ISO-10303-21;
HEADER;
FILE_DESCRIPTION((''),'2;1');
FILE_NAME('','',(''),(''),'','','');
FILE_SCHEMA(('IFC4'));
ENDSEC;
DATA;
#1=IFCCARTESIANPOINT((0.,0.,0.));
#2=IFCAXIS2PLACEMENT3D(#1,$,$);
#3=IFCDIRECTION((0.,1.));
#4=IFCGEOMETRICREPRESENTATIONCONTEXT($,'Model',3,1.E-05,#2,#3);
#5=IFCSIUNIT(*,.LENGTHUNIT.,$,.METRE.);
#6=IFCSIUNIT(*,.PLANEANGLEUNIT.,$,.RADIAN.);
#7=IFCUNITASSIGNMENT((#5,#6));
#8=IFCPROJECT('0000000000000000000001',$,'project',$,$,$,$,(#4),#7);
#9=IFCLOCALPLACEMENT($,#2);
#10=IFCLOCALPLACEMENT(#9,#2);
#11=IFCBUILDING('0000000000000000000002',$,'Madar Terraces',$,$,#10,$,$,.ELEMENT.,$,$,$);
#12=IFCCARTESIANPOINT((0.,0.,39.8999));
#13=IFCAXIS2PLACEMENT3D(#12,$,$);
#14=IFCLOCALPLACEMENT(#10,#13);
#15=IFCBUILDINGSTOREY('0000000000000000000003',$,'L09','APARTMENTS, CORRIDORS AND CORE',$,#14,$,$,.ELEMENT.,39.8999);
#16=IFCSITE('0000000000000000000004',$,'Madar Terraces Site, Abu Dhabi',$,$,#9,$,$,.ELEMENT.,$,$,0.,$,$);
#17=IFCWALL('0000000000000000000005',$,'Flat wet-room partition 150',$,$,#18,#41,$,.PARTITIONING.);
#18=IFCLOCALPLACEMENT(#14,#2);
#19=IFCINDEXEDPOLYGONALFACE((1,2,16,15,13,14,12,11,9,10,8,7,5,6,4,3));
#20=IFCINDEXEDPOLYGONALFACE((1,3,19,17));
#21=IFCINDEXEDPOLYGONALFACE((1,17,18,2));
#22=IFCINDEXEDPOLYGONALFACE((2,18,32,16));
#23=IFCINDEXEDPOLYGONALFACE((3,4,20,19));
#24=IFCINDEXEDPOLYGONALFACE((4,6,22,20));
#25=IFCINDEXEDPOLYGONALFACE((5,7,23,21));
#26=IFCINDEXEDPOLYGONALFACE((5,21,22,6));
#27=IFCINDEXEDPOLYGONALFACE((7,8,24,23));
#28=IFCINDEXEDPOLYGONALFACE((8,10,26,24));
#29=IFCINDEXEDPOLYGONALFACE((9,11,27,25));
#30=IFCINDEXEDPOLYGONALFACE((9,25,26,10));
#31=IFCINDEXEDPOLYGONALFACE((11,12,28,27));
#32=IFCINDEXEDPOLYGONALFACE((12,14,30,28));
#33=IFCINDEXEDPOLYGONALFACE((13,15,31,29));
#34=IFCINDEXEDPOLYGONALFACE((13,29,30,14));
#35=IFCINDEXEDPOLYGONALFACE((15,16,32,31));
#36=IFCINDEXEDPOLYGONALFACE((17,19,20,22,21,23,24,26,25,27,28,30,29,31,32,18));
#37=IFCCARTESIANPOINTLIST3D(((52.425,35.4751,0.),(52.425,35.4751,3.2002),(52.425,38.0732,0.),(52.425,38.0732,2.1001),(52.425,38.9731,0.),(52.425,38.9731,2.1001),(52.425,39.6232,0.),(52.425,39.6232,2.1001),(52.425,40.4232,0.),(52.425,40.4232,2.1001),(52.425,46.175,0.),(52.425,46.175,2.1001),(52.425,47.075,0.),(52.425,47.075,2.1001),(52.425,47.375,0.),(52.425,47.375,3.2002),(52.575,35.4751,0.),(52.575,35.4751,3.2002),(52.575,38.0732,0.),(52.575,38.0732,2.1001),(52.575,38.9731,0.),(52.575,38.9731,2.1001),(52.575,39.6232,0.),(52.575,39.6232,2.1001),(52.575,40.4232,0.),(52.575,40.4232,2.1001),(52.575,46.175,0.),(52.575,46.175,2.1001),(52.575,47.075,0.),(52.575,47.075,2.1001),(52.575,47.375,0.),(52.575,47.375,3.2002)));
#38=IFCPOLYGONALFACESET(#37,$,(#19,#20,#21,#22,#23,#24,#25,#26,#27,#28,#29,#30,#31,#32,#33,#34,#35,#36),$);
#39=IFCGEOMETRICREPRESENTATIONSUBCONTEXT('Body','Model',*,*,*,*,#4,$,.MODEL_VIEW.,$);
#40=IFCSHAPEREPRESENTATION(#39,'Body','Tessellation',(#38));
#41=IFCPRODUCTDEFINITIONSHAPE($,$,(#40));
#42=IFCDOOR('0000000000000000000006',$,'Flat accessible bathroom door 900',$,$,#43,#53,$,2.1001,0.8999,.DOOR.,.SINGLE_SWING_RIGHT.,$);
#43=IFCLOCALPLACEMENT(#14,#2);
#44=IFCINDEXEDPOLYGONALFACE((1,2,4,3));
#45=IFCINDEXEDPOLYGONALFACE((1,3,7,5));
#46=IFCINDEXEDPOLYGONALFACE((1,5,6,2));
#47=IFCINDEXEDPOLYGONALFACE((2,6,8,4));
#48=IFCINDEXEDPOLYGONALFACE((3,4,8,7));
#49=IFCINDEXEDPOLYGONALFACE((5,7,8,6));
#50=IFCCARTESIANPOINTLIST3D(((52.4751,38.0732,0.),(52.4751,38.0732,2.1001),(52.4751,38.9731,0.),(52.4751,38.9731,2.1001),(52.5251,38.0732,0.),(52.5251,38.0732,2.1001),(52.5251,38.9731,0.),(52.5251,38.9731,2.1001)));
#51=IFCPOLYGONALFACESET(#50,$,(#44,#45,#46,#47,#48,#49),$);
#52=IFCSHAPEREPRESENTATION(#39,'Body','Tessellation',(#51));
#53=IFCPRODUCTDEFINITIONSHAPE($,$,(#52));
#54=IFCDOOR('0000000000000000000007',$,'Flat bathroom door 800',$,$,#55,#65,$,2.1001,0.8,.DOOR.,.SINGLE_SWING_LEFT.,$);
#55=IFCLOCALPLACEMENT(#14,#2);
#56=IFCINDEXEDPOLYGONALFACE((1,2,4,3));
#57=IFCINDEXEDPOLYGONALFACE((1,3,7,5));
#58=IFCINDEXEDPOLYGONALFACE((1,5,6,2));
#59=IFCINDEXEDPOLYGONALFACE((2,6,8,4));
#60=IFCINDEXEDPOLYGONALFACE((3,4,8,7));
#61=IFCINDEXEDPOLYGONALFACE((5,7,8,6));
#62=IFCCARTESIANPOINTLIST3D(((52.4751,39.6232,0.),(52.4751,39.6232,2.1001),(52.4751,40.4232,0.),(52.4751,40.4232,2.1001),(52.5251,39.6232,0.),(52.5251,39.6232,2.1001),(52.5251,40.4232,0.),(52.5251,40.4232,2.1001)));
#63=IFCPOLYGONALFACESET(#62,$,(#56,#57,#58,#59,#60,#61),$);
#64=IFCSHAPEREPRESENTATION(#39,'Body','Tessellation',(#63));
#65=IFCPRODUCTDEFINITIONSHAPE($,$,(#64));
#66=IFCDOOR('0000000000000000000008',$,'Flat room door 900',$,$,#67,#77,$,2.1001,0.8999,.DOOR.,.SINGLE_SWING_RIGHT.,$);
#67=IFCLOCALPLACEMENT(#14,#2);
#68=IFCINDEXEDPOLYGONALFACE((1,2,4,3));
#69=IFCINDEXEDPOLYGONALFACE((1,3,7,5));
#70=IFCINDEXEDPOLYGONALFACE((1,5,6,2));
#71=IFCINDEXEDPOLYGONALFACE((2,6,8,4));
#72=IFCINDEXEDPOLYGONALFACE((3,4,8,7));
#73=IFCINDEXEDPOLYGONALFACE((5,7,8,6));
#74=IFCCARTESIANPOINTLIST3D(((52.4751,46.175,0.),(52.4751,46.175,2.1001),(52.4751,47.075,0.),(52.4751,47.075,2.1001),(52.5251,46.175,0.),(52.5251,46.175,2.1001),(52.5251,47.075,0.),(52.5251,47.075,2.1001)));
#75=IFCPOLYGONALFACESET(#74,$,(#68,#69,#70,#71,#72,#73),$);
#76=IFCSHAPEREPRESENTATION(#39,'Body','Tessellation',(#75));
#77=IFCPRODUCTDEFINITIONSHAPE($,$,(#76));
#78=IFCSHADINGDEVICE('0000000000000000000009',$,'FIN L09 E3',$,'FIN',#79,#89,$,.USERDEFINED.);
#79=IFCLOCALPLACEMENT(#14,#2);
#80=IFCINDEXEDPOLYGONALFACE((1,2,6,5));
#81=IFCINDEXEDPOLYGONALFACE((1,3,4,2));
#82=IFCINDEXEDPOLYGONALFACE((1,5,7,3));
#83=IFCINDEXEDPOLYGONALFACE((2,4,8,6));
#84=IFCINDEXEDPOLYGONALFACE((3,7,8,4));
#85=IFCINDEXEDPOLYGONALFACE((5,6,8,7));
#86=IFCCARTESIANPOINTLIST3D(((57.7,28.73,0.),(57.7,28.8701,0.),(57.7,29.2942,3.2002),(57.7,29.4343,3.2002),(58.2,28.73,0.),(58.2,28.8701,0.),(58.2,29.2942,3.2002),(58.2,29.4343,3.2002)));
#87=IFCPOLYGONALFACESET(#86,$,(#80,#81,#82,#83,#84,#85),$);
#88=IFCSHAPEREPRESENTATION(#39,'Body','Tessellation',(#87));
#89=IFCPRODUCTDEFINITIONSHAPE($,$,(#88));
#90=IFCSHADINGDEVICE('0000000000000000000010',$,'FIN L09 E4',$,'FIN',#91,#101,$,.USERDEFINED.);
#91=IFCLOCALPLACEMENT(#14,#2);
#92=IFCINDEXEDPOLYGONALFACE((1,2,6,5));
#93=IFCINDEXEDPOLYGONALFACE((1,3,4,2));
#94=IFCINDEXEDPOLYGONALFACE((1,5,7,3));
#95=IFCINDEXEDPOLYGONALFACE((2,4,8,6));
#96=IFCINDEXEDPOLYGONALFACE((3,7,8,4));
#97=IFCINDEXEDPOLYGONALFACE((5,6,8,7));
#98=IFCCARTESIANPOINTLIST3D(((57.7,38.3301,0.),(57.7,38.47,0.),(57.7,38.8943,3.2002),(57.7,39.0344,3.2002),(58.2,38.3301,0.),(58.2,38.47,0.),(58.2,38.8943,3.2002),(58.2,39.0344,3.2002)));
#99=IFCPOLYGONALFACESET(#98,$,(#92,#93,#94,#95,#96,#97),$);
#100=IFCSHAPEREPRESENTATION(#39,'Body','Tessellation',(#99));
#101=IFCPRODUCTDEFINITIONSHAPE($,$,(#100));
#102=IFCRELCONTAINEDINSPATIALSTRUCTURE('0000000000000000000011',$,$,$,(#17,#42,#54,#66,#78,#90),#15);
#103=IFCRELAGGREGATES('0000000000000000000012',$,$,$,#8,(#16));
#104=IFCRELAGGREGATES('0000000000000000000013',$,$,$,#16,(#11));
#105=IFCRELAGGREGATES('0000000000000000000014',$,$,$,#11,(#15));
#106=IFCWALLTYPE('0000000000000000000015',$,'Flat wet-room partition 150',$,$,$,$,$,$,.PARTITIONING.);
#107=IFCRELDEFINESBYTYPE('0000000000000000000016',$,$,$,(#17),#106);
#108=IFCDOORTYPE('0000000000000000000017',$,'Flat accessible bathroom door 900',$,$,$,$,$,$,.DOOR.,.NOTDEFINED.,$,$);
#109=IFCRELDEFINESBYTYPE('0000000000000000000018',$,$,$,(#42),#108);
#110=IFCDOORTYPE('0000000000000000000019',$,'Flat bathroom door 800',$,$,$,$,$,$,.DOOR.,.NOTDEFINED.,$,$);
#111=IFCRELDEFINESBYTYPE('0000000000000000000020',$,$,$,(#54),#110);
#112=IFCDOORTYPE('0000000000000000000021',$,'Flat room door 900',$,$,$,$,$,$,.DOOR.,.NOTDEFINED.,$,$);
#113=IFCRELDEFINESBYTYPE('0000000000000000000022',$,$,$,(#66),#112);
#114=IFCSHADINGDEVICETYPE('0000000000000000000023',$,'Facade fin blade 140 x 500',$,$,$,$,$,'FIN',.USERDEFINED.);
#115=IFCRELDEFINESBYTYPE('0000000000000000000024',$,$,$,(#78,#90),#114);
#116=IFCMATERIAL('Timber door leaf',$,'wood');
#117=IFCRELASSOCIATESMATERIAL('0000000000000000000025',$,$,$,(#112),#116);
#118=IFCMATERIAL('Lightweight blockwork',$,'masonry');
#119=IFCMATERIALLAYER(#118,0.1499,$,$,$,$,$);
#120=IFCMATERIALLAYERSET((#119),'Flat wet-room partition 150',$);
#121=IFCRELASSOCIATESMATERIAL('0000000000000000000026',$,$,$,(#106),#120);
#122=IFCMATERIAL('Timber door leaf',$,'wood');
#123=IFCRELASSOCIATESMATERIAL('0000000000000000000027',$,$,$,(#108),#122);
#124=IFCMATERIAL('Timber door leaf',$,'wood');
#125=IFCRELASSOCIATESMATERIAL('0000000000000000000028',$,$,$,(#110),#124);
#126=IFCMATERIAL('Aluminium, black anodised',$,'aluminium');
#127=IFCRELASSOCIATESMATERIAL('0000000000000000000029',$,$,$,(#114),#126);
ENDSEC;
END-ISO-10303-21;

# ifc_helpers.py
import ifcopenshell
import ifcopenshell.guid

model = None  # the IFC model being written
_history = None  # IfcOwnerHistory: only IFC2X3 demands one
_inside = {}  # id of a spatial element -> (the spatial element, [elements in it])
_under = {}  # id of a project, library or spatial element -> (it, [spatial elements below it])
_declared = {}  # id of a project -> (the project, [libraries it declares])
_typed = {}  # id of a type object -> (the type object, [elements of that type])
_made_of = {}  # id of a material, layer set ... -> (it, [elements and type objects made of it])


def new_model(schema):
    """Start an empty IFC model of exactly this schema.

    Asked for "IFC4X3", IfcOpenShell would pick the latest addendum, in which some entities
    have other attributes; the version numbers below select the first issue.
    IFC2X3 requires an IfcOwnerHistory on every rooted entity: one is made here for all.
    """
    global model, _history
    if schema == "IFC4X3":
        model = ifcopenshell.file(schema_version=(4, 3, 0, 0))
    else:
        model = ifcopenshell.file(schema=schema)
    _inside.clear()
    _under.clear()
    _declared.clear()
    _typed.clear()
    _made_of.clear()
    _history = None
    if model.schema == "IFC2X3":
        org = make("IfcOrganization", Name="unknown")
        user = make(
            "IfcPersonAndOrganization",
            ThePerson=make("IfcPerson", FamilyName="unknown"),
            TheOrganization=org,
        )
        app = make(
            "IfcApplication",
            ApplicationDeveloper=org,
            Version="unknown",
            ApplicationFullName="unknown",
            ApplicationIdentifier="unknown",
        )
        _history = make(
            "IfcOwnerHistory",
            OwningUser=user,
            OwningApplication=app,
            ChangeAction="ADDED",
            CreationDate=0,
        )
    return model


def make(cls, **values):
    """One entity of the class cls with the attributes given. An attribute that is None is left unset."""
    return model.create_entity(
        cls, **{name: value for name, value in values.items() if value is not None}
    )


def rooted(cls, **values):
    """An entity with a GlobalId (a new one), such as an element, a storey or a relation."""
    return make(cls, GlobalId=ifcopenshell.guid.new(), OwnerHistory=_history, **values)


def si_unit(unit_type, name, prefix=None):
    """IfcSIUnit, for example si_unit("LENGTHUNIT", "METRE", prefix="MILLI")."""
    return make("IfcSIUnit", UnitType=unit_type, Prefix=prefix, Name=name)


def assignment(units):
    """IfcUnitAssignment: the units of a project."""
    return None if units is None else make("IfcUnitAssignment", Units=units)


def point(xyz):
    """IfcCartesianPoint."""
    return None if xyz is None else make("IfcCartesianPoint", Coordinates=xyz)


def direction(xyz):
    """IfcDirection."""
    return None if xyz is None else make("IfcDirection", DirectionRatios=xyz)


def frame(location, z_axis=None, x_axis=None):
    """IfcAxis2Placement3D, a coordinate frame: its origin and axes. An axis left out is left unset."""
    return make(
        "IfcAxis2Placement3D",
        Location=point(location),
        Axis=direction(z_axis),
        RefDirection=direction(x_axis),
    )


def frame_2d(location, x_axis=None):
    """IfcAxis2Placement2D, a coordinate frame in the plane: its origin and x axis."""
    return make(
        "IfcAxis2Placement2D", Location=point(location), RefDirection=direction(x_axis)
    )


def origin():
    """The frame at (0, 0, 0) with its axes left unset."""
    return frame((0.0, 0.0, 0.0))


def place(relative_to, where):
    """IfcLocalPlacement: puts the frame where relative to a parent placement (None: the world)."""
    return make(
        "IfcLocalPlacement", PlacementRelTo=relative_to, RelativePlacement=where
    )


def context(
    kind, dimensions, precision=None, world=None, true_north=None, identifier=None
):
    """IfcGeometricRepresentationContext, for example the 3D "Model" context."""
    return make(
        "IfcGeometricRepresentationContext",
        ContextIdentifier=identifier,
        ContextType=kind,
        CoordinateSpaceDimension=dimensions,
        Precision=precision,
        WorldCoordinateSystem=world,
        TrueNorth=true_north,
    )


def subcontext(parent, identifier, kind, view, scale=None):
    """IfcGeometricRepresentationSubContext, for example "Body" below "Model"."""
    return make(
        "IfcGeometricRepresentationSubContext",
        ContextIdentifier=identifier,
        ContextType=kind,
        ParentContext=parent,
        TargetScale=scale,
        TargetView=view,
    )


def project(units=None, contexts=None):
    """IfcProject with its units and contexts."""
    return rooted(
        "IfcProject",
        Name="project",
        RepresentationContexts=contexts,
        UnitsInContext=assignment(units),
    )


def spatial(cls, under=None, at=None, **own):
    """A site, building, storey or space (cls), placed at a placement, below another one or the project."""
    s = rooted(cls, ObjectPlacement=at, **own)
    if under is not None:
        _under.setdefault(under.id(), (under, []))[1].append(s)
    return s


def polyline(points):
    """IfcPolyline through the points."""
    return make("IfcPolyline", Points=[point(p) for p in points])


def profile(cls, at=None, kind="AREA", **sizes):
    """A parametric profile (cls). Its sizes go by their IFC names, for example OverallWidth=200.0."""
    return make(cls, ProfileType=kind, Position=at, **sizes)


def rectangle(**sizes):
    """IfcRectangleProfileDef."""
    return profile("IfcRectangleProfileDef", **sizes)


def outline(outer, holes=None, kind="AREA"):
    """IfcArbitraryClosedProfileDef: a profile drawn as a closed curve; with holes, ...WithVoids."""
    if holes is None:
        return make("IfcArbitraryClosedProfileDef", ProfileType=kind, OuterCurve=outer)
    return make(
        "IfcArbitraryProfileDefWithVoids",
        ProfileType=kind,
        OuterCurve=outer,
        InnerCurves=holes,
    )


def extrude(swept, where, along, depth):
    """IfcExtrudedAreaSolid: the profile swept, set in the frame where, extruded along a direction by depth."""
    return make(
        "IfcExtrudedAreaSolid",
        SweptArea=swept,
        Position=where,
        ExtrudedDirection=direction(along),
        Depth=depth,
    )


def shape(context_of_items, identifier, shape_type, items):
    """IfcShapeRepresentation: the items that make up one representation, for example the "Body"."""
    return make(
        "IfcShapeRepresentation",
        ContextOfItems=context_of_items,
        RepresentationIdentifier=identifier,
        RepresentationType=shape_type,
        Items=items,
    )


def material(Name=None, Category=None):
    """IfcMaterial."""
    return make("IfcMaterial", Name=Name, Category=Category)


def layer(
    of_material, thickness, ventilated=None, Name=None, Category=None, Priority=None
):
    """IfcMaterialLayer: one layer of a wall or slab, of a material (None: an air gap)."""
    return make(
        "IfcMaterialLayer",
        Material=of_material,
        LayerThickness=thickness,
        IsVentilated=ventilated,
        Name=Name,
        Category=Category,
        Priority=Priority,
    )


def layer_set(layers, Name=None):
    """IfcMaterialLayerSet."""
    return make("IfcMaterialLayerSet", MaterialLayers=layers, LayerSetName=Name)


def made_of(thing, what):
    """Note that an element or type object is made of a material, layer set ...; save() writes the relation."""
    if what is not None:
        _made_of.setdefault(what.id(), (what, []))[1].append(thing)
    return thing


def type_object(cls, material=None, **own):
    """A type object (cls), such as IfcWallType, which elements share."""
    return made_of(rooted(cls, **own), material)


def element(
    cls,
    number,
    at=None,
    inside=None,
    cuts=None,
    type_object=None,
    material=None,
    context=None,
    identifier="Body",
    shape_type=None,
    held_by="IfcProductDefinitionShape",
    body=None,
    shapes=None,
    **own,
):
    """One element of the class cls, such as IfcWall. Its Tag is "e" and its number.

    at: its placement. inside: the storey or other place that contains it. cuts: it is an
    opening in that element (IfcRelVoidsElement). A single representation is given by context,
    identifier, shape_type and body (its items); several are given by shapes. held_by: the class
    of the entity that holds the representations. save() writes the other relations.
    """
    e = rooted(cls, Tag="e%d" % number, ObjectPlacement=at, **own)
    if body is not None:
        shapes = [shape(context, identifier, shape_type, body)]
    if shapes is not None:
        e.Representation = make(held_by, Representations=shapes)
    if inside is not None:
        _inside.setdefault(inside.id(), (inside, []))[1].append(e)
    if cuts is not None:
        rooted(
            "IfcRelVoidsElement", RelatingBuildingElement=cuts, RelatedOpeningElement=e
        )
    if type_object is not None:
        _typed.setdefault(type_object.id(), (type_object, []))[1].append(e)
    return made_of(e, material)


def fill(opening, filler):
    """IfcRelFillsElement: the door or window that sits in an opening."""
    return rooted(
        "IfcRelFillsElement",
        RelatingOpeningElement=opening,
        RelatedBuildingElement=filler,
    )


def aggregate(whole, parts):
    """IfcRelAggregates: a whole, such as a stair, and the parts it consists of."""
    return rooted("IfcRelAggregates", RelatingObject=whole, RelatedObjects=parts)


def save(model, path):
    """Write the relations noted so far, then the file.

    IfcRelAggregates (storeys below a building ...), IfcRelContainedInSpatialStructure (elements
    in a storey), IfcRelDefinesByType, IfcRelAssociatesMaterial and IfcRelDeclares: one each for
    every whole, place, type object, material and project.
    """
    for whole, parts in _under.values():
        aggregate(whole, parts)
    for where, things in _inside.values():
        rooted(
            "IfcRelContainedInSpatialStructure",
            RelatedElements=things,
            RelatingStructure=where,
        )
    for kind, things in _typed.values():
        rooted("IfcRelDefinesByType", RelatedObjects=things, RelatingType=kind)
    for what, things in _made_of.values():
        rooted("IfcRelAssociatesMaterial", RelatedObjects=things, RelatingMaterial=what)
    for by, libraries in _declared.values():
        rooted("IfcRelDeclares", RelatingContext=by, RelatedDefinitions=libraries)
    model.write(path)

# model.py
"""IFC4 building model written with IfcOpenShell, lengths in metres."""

from ifc_helpers import new_model, si_unit, direction, frame, frame_2d, origin, place, context, subcontext, project, spatial, polyline, rectangle, outline, extrude, material, layer, layer_set, type_object, element, fill, save


model = new_model("IFC4")

# Units and contexts
model_context = context("Model", 3, precision=1e-05, world=origin(), true_north=direction((0.0, 1.0)))
body_context = subcontext(model_context, "Body", "Model", "MODEL_VIEW")
ifc_project = project(units=[si_unit("LENGTHUNIT", "METRE"), si_unit("PLANEANGLEUNIT", "RADIAN")], contexts=[model_context])

# Site, building, storey
site_placement = place(None, origin())
site = spatial("IfcSite", under=ifc_project, at=site_placement, Name="Madar Terraces Site, Abu Dhabi", CompositionType="ELEMENT", RefElevation=0.0)
building_placement = place(site_placement, origin())
building = spatial("IfcBuilding", under=site, at=building_placement, Name="Madar Terraces", CompositionType="ELEMENT")
storey_placement = place(building_placement, frame((0.0, 0.0, 39.8999)))
storey = spatial("IfcBuildingStorey", under=building, at=storey_placement, Name="L09", Description="APARTMENTS, CORRIDORS AND CORE", CompositionType="ELEMENT", Elevation=39.8999)

# Shared definitions
ifc_material_1 = material(Name="Timber door leaf", Category="wood")
door_type_1 = type_object("IfcDoorType", Name="Flat room door 900", OperationType="NOTDEFINED", PredefinedType="DOOR", material=ifc_material_1)

# Shared definitions
ifc_material_2 = material(Name="Lightweight blockwork", Category="masonry")
ifc_layer_1 = layer(ifc_material_2, 0.1499)
ifc_layer_set_1 = layer_set([ifc_layer_1], Name="Flat wet-room partition 150")
wall_type_1 = type_object("IfcWallType", Name="Flat wet-room partition 150", PredefinedType="PARTITIONING", material=ifc_layer_set_1)

# Wall, openings, doors
wall_1_placement = place(storey_placement, frame((52.5, 35.4751, 0.0), z_axis=(0.0, 0.0, 1.0), x_axis=(0.0, 1.0, 0.0)))
wall_1 = element("IfcWall", 1, at=wall_1_placement, inside=storey, type_object=wall_type_1, Name="Flat wet-room partition 150", PredefinedType="PARTITIONING", context=body_context, shape_type="SweptSolid", body=[
    extrude(rectangle(XDim=11.8999, YDim=0.1499, at=frame_2d((5.95, 0.0))), origin(), (0.0, 0.0, 1.0), 3.2002),
])
opening_1_placement = place(wall_1_placement, frame((2.5981, 0.0, 0.0)))
opening_1 = element("IfcOpeningElement", 2, at=opening_1_placement, cuts=wall_1, PredefinedType="OPENING", context=body_context, shape_type="SweptSolid", body=[
    extrude(rectangle(XDim=0.8999, YDim=2.1001, at=frame_2d((0.45, 1.05))), frame((0.0, 0.085, 0.0), z_axis=(0.0, -1.0, 0.0), x_axis=(1.0, 0.0, 0.0)), (0.0, 0.0, 1.0), 0.1699),
])
opening_2_placement = place(wall_1_placement, frame((4.1482, 0.0, 0.0)))
opening_2 = element("IfcOpeningElement", 3, at=opening_2_placement, cuts=wall_1, PredefinedType="OPENING", context=body_context, shape_type="SweptSolid", body=[
    extrude(rectangle(XDim=0.8, YDim=2.1001, at=frame_2d((0.3999, 1.05))), frame((0.0, 0.085, 0.0), z_axis=(0.0, -1.0, 0.0), x_axis=(1.0, 0.0, 0.0)), (0.0, 0.0, 1.0), 0.1699),
])
opening_3_placement = place(wall_1_placement, frame((10.7, 0.0, 0.0)))
opening_3 = element("IfcOpeningElement", 4, at=opening_3_placement, cuts=wall_1, PredefinedType="OPENING", context=body_context, shape_type="SweptSolid", body=[
    extrude(rectangle(XDim=0.8999, YDim=2.1001, at=frame_2d((0.45, 1.05))), frame((0.0, 0.085, 0.0), z_axis=(0.0, -1.0, 0.0), x_axis=(1.0, 0.0, 0.0)), (0.0, 0.0, 1.0), 0.1699),
])
ifc_material_3 = material(Name="Timber door leaf", Category="wood")
door_type_2 = type_object("IfcDoorType", Name="Flat accessible bathroom door 900", OperationType="NOTDEFINED", PredefinedType="DOOR", material=ifc_material_3)
door_1_placement = place(opening_1_placement, origin())
door_1 = element("IfcDoor", 5, at=door_1_placement, inside=storey, type_object=door_type_2, Name="Flat accessible bathroom door 900", OperationType="SINGLE_SWING_RIGHT", OverallHeight=2.1001, OverallWidth=0.8999, PredefinedType="DOOR", context=body_context, shape_type="SweptSolid", body=[
    extrude(rectangle(XDim=0.8999, YDim=2.1001, at=frame_2d((0.45, 1.05))), frame((0.0, 0.0249, 0.0), z_axis=(0.0, -1.0, 0.0), x_axis=(1.0, 0.0, 0.0)), (0.0, 0.0, 1.0), 0.05),
])
fill(opening_1, door_1)
ifc_material_4 = material(Name="Timber door leaf", Category="wood")
door_type_3 = type_object("IfcDoorType", Name="Flat bathroom door 800", OperationType="NOTDEFINED", PredefinedType="DOOR", material=ifc_material_4)
door_2_placement = place(opening_2_placement, origin())
door_2 = element("IfcDoor", 6, at=door_2_placement, inside=storey, type_object=door_type_3, Name="Flat bathroom door 800", OperationType="SINGLE_SWING_LEFT", OverallHeight=2.1001, OverallWidth=0.8, PredefinedType="DOOR", context=body_context, shape_type="SweptSolid", body=[
    extrude(rectangle(XDim=0.8, YDim=2.1001, at=frame_2d((0.3999, 1.05))), frame((0.0, 0.0249, 0.0), z_axis=(0.0, -1.0, 0.0), x_axis=(1.0, 0.0, 0.0)), (0.0, 0.0, 1.0), 0.05),
])
fill(opening_2, door_2)
door_3_placement = place(opening_3_placement, origin())
door_3 = element("IfcDoor", 7, at=door_3_placement, inside=storey, type_object=door_type_1, Name="Flat room door 900", OperationType="SINGLE_SWING_RIGHT", OverallHeight=2.1001, OverallWidth=0.8999, PredefinedType="DOOR", context=body_context, shape_type="SweptSolid", body=[
    extrude(rectangle(XDim=0.8999, YDim=2.1001, at=frame_2d((0.45, 1.05))), frame((0.0, 0.0249, 0.0), z_axis=(0.0, -1.0, 0.0), x_axis=(1.0, 0.0, 0.0)), (0.0, 0.0, 1.0), 0.05),
])
fill(opening_3, door_3)

# Shading devices
ifc_material_5 = material(Name="Aluminium, black anodised", Category="aluminium")
shading_device_type = type_object("IfcShadingDeviceType", Name="Facade fin blade 140 x 500", ElementType="FIN", PredefinedType="USERDEFINED", material=ifc_material_5)
shading_device_1_placement = place(storey_placement, frame((57.95, 28.73, 0.0), z_axis=(0.0, 0.0, 1.0), x_axis=(0.0, 1.0, 0.0)))
element("IfcShadingDevice", 8, at=shading_device_1_placement, inside=storey, type_object=shading_device_type, Name="FIN L09 E3", ObjectType="FIN", PredefinedType="USERDEFINED", context=body_context, shape_type="SweptSolid", body=[
    extrude(outline(polyline([(0.0, 0.0), (0.1401, 0.0), (0.7043, 3.2002), (0.5642, 3.2002), (0.0, 0.0)])), frame((0.0, 0.25, 0.0), z_axis=(0.0, -1.0, 0.0), x_axis=(1.0, 0.0, 0.0)), (0.0, 0.0, 1.0), 0.5),
])
shading_device_2_placement = place(storey_placement, frame((57.95, 38.3301, 0.0), z_axis=(0.0, 0.0, 1.0), x_axis=(0.0, 1.0, 0.0)))
element("IfcShadingDevice", 9, at=shading_device_2_placement, inside=storey, type_object=shading_device_type, Name="FIN L09 E4", ObjectType="FIN", PredefinedType="USERDEFINED", context=body_context, shape_type="SweptSolid", body=[
    extrude(outline(polyline([(0.0, 0.0), (0.1399, 0.0), (0.7043, 3.2002), (0.5642, 3.2002), (0.0, 0.0)])), frame((0.0, 0.25, 0.0), z_axis=(0.0, -1.0, 0.0), x_axis=(1.0, 0.0, 0.0)), (0.0, 0.0, 1.0), 0.5),
])

save(model, "model.ifc")
